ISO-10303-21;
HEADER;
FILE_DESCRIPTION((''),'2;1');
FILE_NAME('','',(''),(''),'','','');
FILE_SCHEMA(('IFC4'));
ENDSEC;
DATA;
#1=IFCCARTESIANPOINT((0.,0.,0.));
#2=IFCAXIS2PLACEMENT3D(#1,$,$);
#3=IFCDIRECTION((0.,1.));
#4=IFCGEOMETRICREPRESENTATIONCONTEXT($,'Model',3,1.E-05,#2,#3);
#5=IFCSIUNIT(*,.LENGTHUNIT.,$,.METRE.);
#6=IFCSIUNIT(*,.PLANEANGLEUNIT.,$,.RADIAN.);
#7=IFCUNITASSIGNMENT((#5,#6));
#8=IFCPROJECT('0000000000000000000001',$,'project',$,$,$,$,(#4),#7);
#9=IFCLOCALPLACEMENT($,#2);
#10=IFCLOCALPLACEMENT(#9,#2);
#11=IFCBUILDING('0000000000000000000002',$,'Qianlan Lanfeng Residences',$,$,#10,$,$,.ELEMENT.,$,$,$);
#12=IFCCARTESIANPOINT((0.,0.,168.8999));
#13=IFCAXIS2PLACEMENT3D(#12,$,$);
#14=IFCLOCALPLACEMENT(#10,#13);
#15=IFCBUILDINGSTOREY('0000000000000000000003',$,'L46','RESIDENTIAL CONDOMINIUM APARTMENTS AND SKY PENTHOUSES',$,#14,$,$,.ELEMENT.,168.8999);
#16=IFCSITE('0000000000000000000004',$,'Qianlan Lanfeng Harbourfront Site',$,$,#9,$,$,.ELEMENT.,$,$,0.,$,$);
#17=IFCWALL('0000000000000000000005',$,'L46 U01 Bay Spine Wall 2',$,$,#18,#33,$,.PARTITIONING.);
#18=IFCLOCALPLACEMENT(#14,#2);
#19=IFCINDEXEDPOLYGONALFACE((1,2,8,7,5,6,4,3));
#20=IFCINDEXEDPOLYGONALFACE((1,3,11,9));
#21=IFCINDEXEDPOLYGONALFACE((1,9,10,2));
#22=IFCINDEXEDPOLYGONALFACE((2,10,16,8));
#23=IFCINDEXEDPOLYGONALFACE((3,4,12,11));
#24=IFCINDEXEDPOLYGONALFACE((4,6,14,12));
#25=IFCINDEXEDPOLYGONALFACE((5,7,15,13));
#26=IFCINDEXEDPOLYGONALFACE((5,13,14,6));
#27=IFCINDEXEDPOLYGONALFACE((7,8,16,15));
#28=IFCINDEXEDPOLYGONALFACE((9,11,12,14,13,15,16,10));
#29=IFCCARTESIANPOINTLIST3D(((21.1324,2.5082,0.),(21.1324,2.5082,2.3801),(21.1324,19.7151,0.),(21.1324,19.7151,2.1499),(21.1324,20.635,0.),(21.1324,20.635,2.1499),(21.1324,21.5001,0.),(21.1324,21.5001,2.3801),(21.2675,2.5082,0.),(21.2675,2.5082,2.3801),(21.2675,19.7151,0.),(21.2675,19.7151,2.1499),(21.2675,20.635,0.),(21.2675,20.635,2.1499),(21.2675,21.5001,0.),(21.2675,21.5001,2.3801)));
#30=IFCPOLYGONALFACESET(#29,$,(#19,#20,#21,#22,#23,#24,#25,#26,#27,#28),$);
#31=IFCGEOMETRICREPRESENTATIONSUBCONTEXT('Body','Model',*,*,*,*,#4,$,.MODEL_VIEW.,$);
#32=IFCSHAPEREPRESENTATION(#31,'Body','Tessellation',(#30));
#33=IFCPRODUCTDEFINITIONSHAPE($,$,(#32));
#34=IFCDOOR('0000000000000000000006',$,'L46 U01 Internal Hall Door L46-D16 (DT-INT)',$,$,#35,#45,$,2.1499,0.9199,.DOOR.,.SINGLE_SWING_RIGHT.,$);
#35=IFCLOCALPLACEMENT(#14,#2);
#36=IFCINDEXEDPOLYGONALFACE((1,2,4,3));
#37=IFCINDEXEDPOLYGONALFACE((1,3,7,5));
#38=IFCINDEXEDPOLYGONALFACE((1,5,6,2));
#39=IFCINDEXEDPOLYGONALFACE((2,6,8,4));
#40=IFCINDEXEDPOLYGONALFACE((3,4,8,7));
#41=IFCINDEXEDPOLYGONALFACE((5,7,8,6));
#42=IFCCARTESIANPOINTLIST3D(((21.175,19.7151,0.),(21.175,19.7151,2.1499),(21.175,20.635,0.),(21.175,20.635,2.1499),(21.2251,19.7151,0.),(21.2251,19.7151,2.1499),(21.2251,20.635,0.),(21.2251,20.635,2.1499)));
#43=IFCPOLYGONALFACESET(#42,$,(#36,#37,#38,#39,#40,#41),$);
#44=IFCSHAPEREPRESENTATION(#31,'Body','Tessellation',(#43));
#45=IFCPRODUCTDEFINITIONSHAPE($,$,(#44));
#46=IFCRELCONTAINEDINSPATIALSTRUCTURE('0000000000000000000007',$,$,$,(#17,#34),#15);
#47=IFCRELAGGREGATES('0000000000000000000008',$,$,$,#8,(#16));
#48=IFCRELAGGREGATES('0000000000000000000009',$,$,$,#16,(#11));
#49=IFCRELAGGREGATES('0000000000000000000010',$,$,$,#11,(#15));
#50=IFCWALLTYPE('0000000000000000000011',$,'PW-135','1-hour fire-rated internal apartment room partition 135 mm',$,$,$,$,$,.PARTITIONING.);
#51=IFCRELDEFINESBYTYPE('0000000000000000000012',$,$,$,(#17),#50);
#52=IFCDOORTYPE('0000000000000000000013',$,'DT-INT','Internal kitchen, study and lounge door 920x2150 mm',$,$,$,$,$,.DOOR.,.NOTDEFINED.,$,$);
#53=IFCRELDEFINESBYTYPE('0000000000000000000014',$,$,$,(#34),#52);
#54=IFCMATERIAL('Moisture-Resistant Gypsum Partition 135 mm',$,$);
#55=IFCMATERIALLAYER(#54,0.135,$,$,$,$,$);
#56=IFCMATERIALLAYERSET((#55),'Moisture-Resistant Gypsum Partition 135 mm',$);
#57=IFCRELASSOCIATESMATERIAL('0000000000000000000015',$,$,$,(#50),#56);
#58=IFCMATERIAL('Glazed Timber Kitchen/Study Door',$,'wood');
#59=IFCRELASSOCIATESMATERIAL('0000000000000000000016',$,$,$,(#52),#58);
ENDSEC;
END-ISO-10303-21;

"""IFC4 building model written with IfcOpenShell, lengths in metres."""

from ifc_helpers import new_model, si_unit, direction, frame, frame_2d, origin, place, context, subcontext, project, spatial, rectangle, extrude, material, layer, layer_set, type_object, element, fill, save


model = new_model("IFC4")

# Units and contexts
model_context = context("Model", 3, precision=1e-05, world=origin(), true_north=direction((0.0, 1.0)))
body_context = subcontext(model_context, "Body", "Model", "MODEL_VIEW")
ifc_project = project(units=[si_unit("LENGTHUNIT", "METRE"), si_unit("PLANEANGLEUNIT", "RADIAN")], contexts=[model_context])

# Site, building, storey
site_placement = place(None, origin())
site = spatial("IfcSite", under=ifc_project, at=site_placement, Name="Qianlan Lanfeng Harbourfront Site", CompositionType="ELEMENT", RefElevation=0.0)
building_placement = place(site_placement, origin())
building = spatial("IfcBuilding", under=site, at=building_placement, Name="Qianlan Lanfeng Residences", CompositionType="ELEMENT")
storey_placement = place(building_placement, frame((0.0, 0.0, 168.8999)))
storey = spatial("IfcBuildingStorey", under=building, at=storey_placement, Name="L46", Description="RESIDENTIAL CONDOMINIUM APARTMENTS AND SKY PENTHOUSES", CompositionType="ELEMENT", Elevation=168.8999)

# Wall, opening, door
ifc_material_1 = material(Name="Moisture-Resistant Gypsum Partition 135 mm")
ifc_layer_1 = layer(ifc_material_1, 0.135)
ifc_layer_set_1 = layer_set([ifc_layer_1], Name="Moisture-Resistant Gypsum Partition 135 mm")
wall_type_1 = type_object("IfcWallType", Name="PW-135", Description="1-hour fire-rated internal apartment room partition 135 mm", PredefinedType="PARTITIONING", material=ifc_layer_set_1)
wall_1_placement = place(storey_placement, frame((21.2, 2.5081, 0.0), z_axis=(0.0, 0.0, 1.0), x_axis=(0.0, 1.0, 0.0)))
wall_1 = element("IfcWall", 1, at=wall_1_placement, inside=storey, type_object=wall_type_1, Name="L46 U01 Bay Spine Wall 2", PredefinedType="PARTITIONING", context=body_context, shape_type="SweptSolid", body=[
    extrude(rectangle(XDim=18.9919, YDim=0.135, at=frame_2d((9.4961, 0.0))), origin(), (0.0, 0.0, 1.0), 2.3801),
])
opening_1_placement = place(wall_1_placement, frame((17.207, 0.0, 0.0)))
opening_1 = element("IfcOpeningElement", 2, at=opening_1_placement, cuts=wall_1, PredefinedType="OPENING", context=body_context, shape_type="SweptSolid", body=[
    extrude(rectangle(XDim=0.9199, YDim=2.1499, at=frame_2d((0.46, 1.075))), frame((0.0, 0.0776, 0.0), z_axis=(0.0, -1.0, 0.0), x_axis=(1.0, 0.0, 0.0)), (0.0, 0.0, 1.0), 0.155),
])
ifc_material_2 = material(Name="Glazed Timber Kitchen/Study Door", Category="wood")
door_type_1 = type_object("IfcDoorType", Name="DT-INT", Description="Internal kitchen, study and lounge door 920x2150 mm", OperationType="NOTDEFINED", PredefinedType="DOOR", material=ifc_material_2)
door_1_placement = place(opening_1_placement, origin())
door_1 = element("IfcDoor", 3, at=door_1_placement, inside=storey, type_object=door_type_1, Name="L46 U01 Internal Hall Door L46-D16 (DT-INT)", OperationType="SINGLE_SWING_RIGHT", OverallHeight=2.1499, OverallWidth=0.9199, PredefinedType="DOOR", context=body_context, shape_type="SweptSolid", body=[
    extrude(rectangle(XDim=0.9199, YDim=2.1499, at=frame_2d((0.46, 1.075))), frame((0.0, 0.0249, 0.0), z_axis=(0.0, -1.0, 0.0), x_axis=(1.0, 0.0, 0.0)), (0.0, 0.0, 1.0), 0.05),
])
fill(opening_1, door_1)

save(model, "model.ifc")
